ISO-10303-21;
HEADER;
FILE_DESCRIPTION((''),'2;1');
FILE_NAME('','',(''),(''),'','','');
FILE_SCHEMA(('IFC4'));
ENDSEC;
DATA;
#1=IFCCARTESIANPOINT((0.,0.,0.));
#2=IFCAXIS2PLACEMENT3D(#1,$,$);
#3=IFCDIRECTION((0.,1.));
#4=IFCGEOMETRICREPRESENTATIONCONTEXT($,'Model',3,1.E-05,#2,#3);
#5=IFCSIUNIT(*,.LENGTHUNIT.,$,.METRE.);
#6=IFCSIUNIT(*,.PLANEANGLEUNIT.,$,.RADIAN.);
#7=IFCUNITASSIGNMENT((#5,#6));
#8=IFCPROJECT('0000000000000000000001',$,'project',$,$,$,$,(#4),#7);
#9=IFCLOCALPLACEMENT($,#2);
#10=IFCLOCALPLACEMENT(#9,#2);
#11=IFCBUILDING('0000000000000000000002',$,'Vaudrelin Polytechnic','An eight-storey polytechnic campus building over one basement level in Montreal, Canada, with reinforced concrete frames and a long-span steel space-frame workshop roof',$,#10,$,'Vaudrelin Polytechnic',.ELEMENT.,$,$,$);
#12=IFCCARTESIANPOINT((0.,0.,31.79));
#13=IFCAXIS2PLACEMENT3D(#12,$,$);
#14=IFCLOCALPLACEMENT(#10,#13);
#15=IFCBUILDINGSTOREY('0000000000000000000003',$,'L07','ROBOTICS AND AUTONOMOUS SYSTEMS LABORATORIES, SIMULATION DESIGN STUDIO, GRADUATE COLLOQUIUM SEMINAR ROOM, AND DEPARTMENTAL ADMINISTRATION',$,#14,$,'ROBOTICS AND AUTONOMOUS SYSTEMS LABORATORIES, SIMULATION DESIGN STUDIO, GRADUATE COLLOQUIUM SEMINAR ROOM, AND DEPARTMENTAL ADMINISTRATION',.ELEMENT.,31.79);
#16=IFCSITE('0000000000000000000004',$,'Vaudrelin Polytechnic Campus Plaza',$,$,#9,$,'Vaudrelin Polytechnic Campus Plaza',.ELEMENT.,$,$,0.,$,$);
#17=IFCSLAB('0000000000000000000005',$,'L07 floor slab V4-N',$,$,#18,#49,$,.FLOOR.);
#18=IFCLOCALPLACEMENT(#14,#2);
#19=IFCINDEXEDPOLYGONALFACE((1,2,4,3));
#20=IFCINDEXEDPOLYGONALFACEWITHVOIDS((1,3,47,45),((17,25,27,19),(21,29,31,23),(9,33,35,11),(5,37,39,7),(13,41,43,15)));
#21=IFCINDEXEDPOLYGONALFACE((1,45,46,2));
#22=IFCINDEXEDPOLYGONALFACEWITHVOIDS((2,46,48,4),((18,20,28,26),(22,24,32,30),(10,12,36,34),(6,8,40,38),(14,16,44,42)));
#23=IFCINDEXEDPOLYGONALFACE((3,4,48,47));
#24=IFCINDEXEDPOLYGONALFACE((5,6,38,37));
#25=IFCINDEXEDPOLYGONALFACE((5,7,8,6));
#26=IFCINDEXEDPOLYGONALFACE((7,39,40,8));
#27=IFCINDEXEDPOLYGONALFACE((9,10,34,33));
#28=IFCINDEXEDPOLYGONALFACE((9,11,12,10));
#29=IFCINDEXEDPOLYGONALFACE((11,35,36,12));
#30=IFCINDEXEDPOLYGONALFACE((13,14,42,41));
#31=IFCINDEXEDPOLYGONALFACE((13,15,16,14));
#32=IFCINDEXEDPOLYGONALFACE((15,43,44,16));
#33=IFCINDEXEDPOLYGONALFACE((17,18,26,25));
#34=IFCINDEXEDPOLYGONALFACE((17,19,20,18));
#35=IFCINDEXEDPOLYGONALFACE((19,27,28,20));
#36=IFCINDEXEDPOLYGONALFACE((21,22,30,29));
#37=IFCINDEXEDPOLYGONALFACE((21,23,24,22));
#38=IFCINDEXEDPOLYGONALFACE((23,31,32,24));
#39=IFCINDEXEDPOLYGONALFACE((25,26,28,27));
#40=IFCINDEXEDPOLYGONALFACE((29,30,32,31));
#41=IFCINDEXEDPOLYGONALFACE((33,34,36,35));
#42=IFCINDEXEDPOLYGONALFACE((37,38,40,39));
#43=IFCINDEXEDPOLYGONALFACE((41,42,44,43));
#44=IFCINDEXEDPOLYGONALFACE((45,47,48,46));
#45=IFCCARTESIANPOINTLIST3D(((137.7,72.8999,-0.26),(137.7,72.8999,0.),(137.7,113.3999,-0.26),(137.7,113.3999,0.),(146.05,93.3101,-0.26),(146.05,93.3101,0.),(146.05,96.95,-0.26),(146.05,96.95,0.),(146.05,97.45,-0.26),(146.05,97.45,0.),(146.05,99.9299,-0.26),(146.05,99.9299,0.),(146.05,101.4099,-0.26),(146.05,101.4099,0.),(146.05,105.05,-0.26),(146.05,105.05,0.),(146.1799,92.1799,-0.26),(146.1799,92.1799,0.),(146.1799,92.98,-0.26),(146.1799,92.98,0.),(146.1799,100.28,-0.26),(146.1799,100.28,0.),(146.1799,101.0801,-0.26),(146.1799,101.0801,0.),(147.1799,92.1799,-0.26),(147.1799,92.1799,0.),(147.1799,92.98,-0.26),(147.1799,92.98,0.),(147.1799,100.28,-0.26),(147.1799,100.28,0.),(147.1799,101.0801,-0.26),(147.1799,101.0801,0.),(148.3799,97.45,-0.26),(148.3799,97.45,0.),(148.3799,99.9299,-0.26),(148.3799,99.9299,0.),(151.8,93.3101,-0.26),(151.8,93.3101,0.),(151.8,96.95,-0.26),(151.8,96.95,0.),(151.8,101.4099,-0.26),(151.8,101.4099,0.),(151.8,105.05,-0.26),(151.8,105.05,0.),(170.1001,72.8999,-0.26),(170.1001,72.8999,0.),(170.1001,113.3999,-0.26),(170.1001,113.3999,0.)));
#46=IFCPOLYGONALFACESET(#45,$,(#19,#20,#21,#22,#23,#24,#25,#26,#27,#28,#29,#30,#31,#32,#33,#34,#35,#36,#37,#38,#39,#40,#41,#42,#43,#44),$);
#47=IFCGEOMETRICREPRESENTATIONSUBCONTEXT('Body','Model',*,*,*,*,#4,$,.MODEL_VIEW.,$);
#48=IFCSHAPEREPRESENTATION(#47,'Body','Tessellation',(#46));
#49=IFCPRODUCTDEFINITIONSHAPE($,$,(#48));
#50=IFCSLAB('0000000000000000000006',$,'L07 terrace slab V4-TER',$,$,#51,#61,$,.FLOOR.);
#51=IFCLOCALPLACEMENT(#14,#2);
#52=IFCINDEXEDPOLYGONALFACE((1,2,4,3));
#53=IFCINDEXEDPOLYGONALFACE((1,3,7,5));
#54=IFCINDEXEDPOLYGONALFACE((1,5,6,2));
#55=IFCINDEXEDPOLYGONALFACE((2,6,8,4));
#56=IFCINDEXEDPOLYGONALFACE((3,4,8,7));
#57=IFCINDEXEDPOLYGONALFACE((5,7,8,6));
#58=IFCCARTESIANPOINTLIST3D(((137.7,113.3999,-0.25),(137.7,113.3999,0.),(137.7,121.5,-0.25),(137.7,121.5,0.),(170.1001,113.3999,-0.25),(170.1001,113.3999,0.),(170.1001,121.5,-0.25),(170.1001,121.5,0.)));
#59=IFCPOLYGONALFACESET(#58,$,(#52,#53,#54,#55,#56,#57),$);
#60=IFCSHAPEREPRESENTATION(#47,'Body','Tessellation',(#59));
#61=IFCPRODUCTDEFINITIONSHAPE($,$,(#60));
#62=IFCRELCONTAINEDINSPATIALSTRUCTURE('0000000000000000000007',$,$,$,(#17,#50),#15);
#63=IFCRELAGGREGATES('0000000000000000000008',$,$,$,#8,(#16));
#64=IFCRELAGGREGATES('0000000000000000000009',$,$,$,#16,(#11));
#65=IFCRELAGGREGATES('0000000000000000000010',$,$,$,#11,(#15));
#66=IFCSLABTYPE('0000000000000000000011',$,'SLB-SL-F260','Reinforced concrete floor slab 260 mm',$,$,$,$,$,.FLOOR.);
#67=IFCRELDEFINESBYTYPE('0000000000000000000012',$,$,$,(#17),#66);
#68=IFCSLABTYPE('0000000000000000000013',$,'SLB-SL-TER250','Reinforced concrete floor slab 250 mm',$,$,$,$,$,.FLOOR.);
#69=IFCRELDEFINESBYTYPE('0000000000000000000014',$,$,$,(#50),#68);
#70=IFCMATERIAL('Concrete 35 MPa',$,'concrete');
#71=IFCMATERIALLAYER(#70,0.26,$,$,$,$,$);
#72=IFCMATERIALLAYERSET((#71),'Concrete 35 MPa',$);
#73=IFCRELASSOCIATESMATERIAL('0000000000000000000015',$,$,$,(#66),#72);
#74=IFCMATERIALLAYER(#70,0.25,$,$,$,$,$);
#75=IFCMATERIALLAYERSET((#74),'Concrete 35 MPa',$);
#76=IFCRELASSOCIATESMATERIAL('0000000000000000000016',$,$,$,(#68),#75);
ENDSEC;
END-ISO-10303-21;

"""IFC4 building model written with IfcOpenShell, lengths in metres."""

from ifc_helpers import new_model, si_unit, direction, frame, origin, place, context, subcontext, project, spatial, polyline, outline, extrude, material, layer, layer_set, type_object, element, save


model = new_model("IFC4")

# Units and contexts
model_context = context("Model", 3, precision=1e-05, world=origin(), true_north=direction((0.0, 1.0)))
body_context = subcontext(model_context, "Body", "Model", "MODEL_VIEW")
ifc_project = project(units=[si_unit("LENGTHUNIT", "METRE"), si_unit("PLANEANGLEUNIT", "RADIAN")], contexts=[model_context])

# Site, building, storey
site_placement = place(None, origin())
site = spatial("IfcSite", under=ifc_project, at=site_placement, Name="Vaudrelin Polytechnic Campus Plaza", LongName="Vaudrelin Polytechnic Campus Plaza", CompositionType="ELEMENT", RefElevation=0.0)
building_placement = place(site_placement, origin())
building = spatial("IfcBuilding", under=site, at=building_placement, Name="Vaudrelin Polytechnic", Description="An eight-storey polytechnic campus building over one basement level in Montreal, Canada, with reinforced concrete frames and a long-span steel space-frame workshop roof", LongName="Vaudrelin Polytechnic", CompositionType="ELEMENT")
storey_placement = place(building_placement, frame((0.0, 0.0, 31.79)))
storey = spatial("IfcBuildingStorey", under=building, at=storey_placement, Name="L07", Description="ROBOTICS AND AUTONOMOUS SYSTEMS LABORATORIES, SIMULATION DESIGN STUDIO, GRADUATE COLLOQUIUM SEMINAR ROOM, AND DEPARTMENTAL ADMINISTRATION", LongName="ROBOTICS AND AUTONOMOUS SYSTEMS LABORATORIES, SIMULATION DESIGN STUDIO, GRADUATE COLLOQUIUM SEMINAR ROOM, AND DEPARTMENTAL ADMINISTRATION", CompositionType="ELEMENT", Elevation=31.79)

# Slabs
ifc_material_1 = material(Name="Concrete 35 MPa", Category="concrete")
ifc_layer_1 = layer(ifc_material_1, 0.26)
ifc_layer_set_1 = layer_set([ifc_layer_1], Name="Concrete 35 MPa")
slab_type_1 = type_object("IfcSlabType", Name="SLB-SL-F260", Description="Reinforced concrete floor slab 260 mm", PredefinedType="FLOOR", material=ifc_layer_set_1)
slab_1_placement = place(storey_placement, frame((0.0, 0.0, -0.26)))
element("IfcSlab", 1, at=slab_1_placement, inside=storey, type_object=slab_type_1, Name="L07 floor slab V4-N", PredefinedType="FLOOR", context=body_context, shape_type="SweptSolid", body=[
    extrude(outline(polyline([(137.7, 72.8999), (170.1001, 72.8999), (170.1001, 113.3999), (137.7, 113.3999), (137.7, 72.8999)]), holes=[polyline([(146.05, 101.4099), (151.8, 101.4099), (151.8, 105.05), (146.05, 105.05), (146.05, 101.4099)]), polyline([(146.05, 97.45), (148.3799, 97.45), (148.3799, 99.9299), (146.05, 99.9299), (146.05, 97.45)]), polyline([(146.1799, 100.28), (147.1799, 100.28), (147.1799, 101.0801), (146.1799, 101.0801), (146.1799, 100.28)]), polyline([(146.05, 93.3101), (151.8, 93.3101), (151.8, 96.95), (146.05, 96.95), (146.05, 93.3101)]), polyline([(146.1799, 92.1799), (147.1799, 92.1799), (147.1799, 92.98), (146.1799, 92.98), (146.1799, 92.1799)])]), origin(), (0.0, 0.0, 1.0), 0.26),
])
ifc_layer_2 = layer(ifc_material_1, 0.25)
ifc_layer_set_2 = layer_set([ifc_layer_2], Name="Concrete 35 MPa")
slab_type_2 = type_object("IfcSlabType", Name="SLB-SL-TER250", Description="Reinforced concrete floor slab 250 mm", PredefinedType="FLOOR", material=ifc_layer_set_2)
slab_2_placement = place(storey_placement, frame((0.0, 0.0, -0.25)))
element("IfcSlab", 2, at=slab_2_placement, inside=storey, type_object=slab_type_2, Name="L07 terrace slab V4-TER", PredefinedType="FLOOR", context=body_context, shape_type="SweptSolid", body=[
    extrude(outline(polyline([(137.7, 113.3999), (170.1001, 113.3999), (170.1001, 121.5), (137.7, 121.5), (137.7, 113.3999)])), origin(), (0.0, 0.0, 1.0), 0.25),
])

save(model, "model.ifc")
